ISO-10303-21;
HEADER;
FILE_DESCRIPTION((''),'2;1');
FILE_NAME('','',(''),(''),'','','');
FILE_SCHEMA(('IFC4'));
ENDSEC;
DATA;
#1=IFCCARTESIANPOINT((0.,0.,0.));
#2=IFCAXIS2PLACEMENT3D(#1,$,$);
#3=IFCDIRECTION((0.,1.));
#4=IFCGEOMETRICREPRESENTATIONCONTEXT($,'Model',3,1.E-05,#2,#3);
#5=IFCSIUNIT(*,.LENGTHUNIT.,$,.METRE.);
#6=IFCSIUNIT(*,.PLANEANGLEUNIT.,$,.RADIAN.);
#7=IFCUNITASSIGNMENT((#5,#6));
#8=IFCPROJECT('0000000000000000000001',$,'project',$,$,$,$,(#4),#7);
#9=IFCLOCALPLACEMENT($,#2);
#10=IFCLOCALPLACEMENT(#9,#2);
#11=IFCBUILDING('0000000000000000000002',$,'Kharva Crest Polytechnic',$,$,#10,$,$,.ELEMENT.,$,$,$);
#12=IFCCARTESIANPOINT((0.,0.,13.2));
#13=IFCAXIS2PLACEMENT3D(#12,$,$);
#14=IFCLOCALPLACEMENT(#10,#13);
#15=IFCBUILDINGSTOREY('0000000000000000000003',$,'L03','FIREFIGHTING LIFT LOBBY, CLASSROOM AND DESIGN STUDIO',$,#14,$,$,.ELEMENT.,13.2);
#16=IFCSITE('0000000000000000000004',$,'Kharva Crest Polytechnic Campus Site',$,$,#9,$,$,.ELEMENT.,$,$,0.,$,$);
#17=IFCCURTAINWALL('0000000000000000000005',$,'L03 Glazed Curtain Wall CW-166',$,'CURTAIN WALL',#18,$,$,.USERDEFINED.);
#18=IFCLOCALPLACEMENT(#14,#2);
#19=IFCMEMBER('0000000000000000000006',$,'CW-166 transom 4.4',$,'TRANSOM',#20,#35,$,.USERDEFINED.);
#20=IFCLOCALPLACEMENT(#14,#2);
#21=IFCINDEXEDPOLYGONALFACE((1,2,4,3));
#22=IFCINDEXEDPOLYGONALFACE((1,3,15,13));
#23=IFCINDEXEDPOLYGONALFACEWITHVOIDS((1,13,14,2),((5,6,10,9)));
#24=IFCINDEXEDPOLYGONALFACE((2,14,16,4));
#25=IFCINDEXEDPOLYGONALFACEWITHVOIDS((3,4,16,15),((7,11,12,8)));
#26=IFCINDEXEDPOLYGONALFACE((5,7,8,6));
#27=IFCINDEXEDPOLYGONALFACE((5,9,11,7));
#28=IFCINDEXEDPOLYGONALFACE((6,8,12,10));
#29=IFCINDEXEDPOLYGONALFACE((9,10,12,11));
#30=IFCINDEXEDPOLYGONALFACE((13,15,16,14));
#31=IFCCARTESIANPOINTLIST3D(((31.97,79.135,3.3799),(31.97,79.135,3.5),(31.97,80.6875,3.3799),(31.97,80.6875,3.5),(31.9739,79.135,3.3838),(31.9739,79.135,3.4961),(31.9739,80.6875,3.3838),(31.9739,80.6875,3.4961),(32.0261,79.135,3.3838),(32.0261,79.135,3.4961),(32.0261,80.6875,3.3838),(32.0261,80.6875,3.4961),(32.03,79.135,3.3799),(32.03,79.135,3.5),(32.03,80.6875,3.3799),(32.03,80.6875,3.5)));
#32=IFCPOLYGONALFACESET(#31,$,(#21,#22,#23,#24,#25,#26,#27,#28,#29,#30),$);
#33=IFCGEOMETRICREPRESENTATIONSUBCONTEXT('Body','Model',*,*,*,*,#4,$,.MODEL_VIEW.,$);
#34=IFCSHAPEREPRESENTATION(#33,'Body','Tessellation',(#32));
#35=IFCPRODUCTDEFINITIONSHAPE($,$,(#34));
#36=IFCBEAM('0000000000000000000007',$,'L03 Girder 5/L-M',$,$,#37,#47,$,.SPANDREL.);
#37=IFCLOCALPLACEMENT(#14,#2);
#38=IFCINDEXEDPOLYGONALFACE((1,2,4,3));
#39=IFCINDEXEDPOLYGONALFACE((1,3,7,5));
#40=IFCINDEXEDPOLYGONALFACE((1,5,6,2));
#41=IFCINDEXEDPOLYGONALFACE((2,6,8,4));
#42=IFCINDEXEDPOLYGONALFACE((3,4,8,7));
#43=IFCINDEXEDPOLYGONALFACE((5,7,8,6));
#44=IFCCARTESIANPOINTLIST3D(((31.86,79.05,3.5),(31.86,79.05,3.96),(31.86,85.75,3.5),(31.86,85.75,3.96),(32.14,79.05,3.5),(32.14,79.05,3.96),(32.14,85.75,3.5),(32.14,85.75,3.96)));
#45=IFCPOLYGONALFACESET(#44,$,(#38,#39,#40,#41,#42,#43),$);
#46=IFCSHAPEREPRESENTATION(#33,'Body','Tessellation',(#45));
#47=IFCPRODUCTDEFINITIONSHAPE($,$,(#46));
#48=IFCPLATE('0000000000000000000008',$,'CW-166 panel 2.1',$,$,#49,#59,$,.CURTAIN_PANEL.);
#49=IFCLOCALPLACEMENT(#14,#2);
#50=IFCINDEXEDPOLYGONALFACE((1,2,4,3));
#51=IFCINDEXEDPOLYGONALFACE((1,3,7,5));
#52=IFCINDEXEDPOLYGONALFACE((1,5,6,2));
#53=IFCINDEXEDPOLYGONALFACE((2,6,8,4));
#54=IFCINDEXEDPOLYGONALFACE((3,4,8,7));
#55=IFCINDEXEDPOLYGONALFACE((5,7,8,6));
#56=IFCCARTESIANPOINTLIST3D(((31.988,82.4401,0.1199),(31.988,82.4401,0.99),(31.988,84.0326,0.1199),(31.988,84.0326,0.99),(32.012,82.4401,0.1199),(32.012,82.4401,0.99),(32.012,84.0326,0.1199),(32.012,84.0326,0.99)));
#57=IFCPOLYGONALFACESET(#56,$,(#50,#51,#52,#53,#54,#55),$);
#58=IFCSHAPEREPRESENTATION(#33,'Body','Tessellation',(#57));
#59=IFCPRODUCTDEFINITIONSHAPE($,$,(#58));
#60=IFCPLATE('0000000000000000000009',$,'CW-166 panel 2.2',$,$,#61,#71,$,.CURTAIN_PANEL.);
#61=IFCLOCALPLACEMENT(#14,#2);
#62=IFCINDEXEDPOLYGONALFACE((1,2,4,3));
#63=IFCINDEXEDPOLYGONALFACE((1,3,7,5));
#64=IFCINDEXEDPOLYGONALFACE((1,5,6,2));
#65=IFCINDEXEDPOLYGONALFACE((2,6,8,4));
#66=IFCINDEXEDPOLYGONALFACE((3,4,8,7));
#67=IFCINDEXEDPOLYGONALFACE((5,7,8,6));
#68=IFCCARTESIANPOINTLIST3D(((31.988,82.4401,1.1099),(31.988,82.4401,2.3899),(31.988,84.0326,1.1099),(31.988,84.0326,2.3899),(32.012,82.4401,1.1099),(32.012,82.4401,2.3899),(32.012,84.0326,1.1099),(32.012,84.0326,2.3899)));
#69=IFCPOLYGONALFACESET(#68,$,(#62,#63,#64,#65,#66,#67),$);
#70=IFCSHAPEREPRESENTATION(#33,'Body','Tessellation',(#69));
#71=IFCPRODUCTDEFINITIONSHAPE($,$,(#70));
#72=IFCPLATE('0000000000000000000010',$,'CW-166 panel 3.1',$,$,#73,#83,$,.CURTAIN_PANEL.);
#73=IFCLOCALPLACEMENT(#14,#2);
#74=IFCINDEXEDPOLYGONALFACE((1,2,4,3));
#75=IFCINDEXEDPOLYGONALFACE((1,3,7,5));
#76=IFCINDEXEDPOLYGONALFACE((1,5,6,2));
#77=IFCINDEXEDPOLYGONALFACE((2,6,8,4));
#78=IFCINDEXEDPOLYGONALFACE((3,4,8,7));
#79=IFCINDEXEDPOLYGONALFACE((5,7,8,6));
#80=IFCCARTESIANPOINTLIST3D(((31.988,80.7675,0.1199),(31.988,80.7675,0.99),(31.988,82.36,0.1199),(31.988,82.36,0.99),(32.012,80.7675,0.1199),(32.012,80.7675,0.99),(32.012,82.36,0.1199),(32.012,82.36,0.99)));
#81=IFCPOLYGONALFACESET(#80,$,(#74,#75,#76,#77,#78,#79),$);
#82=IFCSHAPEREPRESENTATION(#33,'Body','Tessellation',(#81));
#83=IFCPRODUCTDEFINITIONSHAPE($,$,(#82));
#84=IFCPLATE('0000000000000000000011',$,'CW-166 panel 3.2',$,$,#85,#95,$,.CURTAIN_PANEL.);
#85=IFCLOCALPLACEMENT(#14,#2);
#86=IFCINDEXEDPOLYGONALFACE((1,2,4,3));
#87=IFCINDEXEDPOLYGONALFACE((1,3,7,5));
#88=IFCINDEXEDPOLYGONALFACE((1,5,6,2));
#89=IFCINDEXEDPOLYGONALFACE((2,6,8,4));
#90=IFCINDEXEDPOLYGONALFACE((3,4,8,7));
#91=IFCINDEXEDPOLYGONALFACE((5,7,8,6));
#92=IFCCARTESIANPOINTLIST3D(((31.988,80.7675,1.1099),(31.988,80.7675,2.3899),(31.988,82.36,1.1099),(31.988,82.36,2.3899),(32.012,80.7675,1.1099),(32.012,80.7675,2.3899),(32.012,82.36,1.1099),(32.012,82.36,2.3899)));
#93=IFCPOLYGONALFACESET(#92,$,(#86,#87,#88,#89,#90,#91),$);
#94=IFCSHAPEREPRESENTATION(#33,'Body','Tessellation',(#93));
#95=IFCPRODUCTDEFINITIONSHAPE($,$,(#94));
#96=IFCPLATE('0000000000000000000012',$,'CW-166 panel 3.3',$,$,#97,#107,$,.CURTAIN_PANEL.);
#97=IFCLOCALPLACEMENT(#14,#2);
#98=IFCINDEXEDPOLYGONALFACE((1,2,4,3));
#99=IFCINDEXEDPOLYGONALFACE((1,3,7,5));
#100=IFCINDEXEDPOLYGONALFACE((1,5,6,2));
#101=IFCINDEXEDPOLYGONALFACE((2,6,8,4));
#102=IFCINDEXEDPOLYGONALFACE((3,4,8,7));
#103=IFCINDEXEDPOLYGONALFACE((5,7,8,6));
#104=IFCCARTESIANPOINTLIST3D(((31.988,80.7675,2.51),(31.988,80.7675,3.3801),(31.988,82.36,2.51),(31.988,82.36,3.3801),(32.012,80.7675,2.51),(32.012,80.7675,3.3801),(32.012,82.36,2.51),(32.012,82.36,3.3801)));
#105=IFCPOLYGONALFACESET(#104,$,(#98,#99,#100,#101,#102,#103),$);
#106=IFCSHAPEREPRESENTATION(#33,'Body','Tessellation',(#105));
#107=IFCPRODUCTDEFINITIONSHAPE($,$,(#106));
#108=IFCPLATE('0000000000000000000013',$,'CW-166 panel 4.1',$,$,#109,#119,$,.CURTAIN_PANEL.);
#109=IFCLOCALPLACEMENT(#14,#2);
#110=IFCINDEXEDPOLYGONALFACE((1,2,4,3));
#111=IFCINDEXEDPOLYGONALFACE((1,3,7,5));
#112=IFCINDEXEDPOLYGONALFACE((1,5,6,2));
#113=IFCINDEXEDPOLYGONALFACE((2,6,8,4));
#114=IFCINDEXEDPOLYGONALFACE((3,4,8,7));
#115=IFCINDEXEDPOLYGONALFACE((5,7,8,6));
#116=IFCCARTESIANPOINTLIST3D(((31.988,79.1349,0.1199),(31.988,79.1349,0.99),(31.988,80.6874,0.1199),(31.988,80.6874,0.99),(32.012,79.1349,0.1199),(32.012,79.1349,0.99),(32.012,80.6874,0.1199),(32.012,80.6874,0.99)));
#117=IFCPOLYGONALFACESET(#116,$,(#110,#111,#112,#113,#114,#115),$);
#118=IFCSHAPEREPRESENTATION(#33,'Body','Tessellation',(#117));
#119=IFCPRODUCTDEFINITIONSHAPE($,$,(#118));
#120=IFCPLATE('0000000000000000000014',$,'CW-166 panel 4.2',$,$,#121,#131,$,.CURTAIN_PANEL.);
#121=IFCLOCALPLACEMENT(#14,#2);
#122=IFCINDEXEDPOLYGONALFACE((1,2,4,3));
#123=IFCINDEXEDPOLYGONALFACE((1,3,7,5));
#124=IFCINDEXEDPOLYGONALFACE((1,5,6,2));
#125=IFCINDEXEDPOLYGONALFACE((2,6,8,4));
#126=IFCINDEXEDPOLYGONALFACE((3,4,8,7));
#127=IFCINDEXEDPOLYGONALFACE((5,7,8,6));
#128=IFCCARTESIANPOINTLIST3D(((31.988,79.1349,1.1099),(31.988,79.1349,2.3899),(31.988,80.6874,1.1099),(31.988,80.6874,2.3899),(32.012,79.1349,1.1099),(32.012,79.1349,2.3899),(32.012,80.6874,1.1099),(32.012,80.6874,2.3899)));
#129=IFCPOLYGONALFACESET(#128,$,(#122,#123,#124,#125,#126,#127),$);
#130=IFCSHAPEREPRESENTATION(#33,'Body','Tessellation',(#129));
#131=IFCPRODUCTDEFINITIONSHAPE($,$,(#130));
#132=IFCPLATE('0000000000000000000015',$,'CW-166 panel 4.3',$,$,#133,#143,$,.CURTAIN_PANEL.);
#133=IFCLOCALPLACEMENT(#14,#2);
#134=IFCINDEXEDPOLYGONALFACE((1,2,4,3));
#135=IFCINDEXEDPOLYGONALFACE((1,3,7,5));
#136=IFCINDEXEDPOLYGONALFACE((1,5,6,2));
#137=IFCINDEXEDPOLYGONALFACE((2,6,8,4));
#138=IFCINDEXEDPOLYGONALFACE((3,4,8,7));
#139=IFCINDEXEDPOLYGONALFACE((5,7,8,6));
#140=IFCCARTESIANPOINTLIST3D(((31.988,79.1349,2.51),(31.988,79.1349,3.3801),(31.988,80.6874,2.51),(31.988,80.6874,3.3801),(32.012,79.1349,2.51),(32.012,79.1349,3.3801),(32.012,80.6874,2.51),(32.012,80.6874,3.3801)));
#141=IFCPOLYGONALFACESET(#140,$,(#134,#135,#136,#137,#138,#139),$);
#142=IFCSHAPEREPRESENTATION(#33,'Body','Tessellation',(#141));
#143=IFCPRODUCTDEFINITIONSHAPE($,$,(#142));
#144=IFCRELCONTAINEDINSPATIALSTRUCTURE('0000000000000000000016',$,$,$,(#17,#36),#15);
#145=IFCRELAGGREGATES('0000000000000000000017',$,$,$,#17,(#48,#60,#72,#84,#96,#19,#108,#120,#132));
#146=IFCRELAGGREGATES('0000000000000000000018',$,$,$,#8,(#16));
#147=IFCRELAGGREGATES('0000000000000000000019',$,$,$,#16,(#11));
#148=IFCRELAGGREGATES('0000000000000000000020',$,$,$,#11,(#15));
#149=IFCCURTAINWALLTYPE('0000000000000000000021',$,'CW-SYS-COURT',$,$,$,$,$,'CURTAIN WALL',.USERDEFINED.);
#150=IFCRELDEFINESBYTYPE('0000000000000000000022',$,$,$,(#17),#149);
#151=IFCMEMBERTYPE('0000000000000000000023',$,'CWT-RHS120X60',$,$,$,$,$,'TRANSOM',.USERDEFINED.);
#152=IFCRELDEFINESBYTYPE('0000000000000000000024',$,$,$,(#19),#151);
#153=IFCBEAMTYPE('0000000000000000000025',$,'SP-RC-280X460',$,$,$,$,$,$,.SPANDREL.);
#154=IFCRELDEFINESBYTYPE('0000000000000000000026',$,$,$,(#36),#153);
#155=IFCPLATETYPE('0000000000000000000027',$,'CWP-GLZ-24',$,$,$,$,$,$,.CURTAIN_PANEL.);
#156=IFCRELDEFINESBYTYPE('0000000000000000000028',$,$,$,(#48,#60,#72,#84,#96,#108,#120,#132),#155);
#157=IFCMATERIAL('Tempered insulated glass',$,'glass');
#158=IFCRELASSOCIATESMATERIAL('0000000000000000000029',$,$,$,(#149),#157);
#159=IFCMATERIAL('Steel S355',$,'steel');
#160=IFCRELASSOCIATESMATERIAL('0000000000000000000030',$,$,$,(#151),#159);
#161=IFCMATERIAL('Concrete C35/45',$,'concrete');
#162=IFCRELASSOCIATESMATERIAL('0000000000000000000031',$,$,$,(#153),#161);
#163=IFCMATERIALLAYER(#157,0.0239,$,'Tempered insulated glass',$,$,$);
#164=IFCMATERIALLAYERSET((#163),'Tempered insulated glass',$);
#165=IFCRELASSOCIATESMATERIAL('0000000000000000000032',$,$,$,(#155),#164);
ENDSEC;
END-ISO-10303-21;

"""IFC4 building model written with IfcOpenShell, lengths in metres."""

from ifc_helpers import new_model, si_unit, direction, frame, origin, origin_2d, place, context, subcontext, project, spatial, rectangle, hollow_rectangle, extrude, material, layer, layer_set, material_profile, profile_set, type_object, element, aggregate, save


model = new_model("IFC4")

# Units and contexts
model_context = context("Model", 3, precision=1e-05, world=origin(), true_north=direction((0.0, 1.0)))
body_context = subcontext(model_context, "Body", "Model", "MODEL_VIEW")
ifc_project = project(units=[si_unit("LENGTHUNIT", "METRE"), si_unit("PLANEANGLEUNIT", "RADIAN")], contexts=[model_context])

# Site, building, storey
site_placement = place(None, origin())
site = spatial("IfcSite", under=ifc_project, at=site_placement, Name="Kharva Crest Polytechnic Campus Site", CompositionType="ELEMENT", RefElevation=0.0)
building_placement = place(site_placement, origin())
building = spatial("IfcBuilding", under=site, at=building_placement, Name="Kharva Crest Polytechnic", CompositionType="ELEMENT")
storey_placement = place(building_placement, frame((0.0, 0.0, 13.2)))
storey = spatial("IfcBuildingStorey", under=building, at=storey_placement, Name="L03", Description="FIREFIGHTING LIFT LOBBY, CLASSROOM AND DESIGN STUDIO", CompositionType="ELEMENT", Elevation=13.2)

# Curtain wall, member
ifc_material_1 = material(Name="Tempered insulated glass", Category="glass")
curtain_wall_type = type_object("IfcCurtainWallType", Name="CW-SYS-COURT", ElementType="CURTAIN WALL", PredefinedType="USERDEFINED", material=ifc_material_1)
curtain_wall_placement = place(storey_placement, origin())
curtain_wall = element("IfcCurtainWall", 1, at=curtain_wall_placement, inside=storey, type_object=curtain_wall_type, Name="L03 Glazed Curtain Wall CW-166", ObjectType="CURTAIN WALL", PredefinedType="USERDEFINED")
ifc_material_2 = material(Name="Steel S355", Category="steel")
ifc_material_profile_1 = material_profile(ifc_material_2, hollow_rectangle(XDim=0.0601, YDim=0.1201, WallThickness=0.0039, at=origin_2d()), Name="RHS 120X60X4.0")
ifc_profile_set_1 = profile_set([ifc_material_profile_1], Name="Steel S355")
member_type_1 = type_object("IfcMemberType", Name="CWT-RHS120X60", ElementType="TRANSOM", PredefinedType="USERDEFINED", material=ifc_profile_set_1)
member_1_placement = place(storey_placement, frame((32.0, 80.6875, 3.4399), z_axis=(0.0, -1.0, 0.0), x_axis=(1.0, 0.0, 0.0)))
member_1 = element("IfcMember", 2, at=member_1_placement, type_object=member_type_1, Name="CW-166 transom 4.4", ObjectType="TRANSOM", PredefinedType="USERDEFINED", context=body_context, shape_type="SweptSolid", body=[
    extrude(hollow_rectangle(XDim=0.0601, YDim=0.1201, WallThickness=0.0039, at=origin_2d()), origin(), (0.0, 0.0, 1.0), 1.5525),
])

# Beam
ifc_material_3 = material(Name="Concrete C35/45", Category="concrete")
ifc_material_profile_2 = material_profile(ifc_material_3, rectangle(XDim=0.28, YDim=0.46, at=origin_2d()), Name="RECT 280 X 460")
ifc_profile_set_2 = profile_set([ifc_material_profile_2], Name="Concrete C35/45")
beam_type = type_object("IfcBeamType", Name="SP-RC-280X460", PredefinedType="SPANDREL", material=ifc_profile_set_2)
beam_placement = place(storey_placement, frame((32.0, 79.05, 3.73), z_axis=(0.0, 1.0, 0.0), x_axis=(-1.0, 0.0, 0.0)))
element("IfcBeam", 3, at=beam_placement, inside=storey, type_object=beam_type, Name="L03 Girder 5/L-M", PredefinedType="SPANDREL", context=body_context, shape_type="SweptSolid", body=[
    extrude(rectangle(XDim=0.28, YDim=0.46, at=origin_2d()), origin(), (0.0, 0.0, 1.0), 6.7),
])

# Plates
ifc_layer_1 = layer(ifc_material_1, 0.0239, Name="Tempered insulated glass")
ifc_layer_set_1 = layer_set([ifc_layer_1], Name="Tempered insulated glass")
plate_type = type_object("IfcPlateType", Name="CWP-GLZ-24", PredefinedType="CURTAIN_PANEL", material=ifc_layer_set_1)
plate_1_placement = place(storey_placement, frame((32.0, 83.2363, 0.1199), z_axis=(0.0, 0.0, 1.0), x_axis=(0.0, -1.0, 0.0)))
plate_1 = element("IfcPlate", 4, at=plate_1_placement, type_object=plate_type, Name="CW-166 panel 2.1", PredefinedType="CURTAIN_PANEL", context=body_context, shape_type="SweptSolid", body=[
    extrude(rectangle(XDim=1.5925, YDim=0.0239, at=origin_2d()), origin(), (0.0, 0.0, 1.0), 0.8701),
])
plate_2_placement = place(storey_placement, frame((32.0, 83.2363, 1.1099), z_axis=(0.0, 0.0, 1.0), x_axis=(0.0, -1.0, 0.0)))
plate_2 = element("IfcPlate", 5, at=plate_2_placement, type_object=plate_type, Name="CW-166 panel 2.2", PredefinedType="CURTAIN_PANEL", context=body_context, shape_type="SweptSolid", body=[
    extrude(rectangle(XDim=1.5925, YDim=0.0239, at=origin_2d()), origin(), (0.0, 0.0, 1.0), 1.28),
])
plate_3_placement = place(storey_placement, frame((32.0, 81.5637, 0.1199), z_axis=(0.0, 0.0, 1.0), x_axis=(0.0, -1.0, 0.0)))
plate_3 = element("IfcPlate", 6, at=plate_3_placement, type_object=plate_type, Name="CW-166 panel 3.1", PredefinedType="CURTAIN_PANEL", context=body_context, shape_type="SweptSolid", body=[
    extrude(rectangle(XDim=1.5925, YDim=0.0239, at=origin_2d()), origin(), (0.0, 0.0, 1.0), 0.8701),
])
plate_4_placement = place(storey_placement, frame((32.0, 81.5637, 1.1099), z_axis=(0.0, 0.0, 1.0), x_axis=(0.0, -1.0, 0.0)))
plate_4 = element("IfcPlate", 7, at=plate_4_placement, type_object=plate_type, Name="CW-166 panel 3.2", PredefinedType="CURTAIN_PANEL", context=body_context, shape_type="SweptSolid", body=[
    extrude(rectangle(XDim=1.5925, YDim=0.0239, at=origin_2d()), origin(), (0.0, 0.0, 1.0), 1.28),
])
plate_5_placement = place(storey_placement, frame((32.0, 81.5637, 2.51), z_axis=(0.0, 0.0, 1.0), x_axis=(0.0, -1.0, 0.0)))
plate_5 = element("IfcPlate", 8, at=plate_5_placement, type_object=plate_type, Name="CW-166 panel 3.3", PredefinedType="CURTAIN_PANEL", context=body_context, shape_type="SweptSolid", body=[
    extrude(rectangle(XDim=1.5925, YDim=0.0239, at=origin_2d()), origin(), (0.0, 0.0, 1.0), 0.8701),
])
plate_6_placement = place(storey_placement, frame((32.0, 79.9111, 0.1199), z_axis=(0.0, 0.0, 1.0), x_axis=(0.0, -1.0, 0.0)))
plate_6 = element("IfcPlate", 9, at=plate_6_placement, type_object=plate_type, Name="CW-166 panel 4.1", PredefinedType="CURTAIN_PANEL", context=body_context, shape_type="SweptSolid", body=[
    extrude(rectangle(XDim=1.5525, YDim=0.0239, at=origin_2d()), origin(), (0.0, 0.0, 1.0), 0.8701),
])
plate_7_placement = place(storey_placement, frame((32.0, 79.9111, 1.1099), z_axis=(0.0, 0.0, 1.0), x_axis=(0.0, -1.0, 0.0)))
plate_7 = element("IfcPlate", 10, at=plate_7_placement, type_object=plate_type, Name="CW-166 panel 4.2", PredefinedType="CURTAIN_PANEL", context=body_context, shape_type="SweptSolid", body=[
    extrude(rectangle(XDim=1.5525, YDim=0.0239, at=origin_2d()), origin(), (0.0, 0.0, 1.0), 1.28),
])
plate_8_placement = place(storey_placement, frame((32.0, 79.9111, 2.51), z_axis=(0.0, 0.0, 1.0), x_axis=(0.0, -1.0, 0.0)))
plate_8 = element("IfcPlate", 11, at=plate_8_placement, type_object=plate_type, Name="CW-166 panel 4.3", PredefinedType="CURTAIN_PANEL", context=body_context, shape_type="SweptSolid", body=[
    extrude(rectangle(XDim=1.5525, YDim=0.0239, at=origin_2d()), origin(), (0.0, 0.0, 1.0), 0.8701),
])
aggregate(curtain_wall, [plate_1, plate_2, plate_3, plate_4, plate_5, member_1, plate_6, plate_7, plate_8])

save(model, "model.ifc")
